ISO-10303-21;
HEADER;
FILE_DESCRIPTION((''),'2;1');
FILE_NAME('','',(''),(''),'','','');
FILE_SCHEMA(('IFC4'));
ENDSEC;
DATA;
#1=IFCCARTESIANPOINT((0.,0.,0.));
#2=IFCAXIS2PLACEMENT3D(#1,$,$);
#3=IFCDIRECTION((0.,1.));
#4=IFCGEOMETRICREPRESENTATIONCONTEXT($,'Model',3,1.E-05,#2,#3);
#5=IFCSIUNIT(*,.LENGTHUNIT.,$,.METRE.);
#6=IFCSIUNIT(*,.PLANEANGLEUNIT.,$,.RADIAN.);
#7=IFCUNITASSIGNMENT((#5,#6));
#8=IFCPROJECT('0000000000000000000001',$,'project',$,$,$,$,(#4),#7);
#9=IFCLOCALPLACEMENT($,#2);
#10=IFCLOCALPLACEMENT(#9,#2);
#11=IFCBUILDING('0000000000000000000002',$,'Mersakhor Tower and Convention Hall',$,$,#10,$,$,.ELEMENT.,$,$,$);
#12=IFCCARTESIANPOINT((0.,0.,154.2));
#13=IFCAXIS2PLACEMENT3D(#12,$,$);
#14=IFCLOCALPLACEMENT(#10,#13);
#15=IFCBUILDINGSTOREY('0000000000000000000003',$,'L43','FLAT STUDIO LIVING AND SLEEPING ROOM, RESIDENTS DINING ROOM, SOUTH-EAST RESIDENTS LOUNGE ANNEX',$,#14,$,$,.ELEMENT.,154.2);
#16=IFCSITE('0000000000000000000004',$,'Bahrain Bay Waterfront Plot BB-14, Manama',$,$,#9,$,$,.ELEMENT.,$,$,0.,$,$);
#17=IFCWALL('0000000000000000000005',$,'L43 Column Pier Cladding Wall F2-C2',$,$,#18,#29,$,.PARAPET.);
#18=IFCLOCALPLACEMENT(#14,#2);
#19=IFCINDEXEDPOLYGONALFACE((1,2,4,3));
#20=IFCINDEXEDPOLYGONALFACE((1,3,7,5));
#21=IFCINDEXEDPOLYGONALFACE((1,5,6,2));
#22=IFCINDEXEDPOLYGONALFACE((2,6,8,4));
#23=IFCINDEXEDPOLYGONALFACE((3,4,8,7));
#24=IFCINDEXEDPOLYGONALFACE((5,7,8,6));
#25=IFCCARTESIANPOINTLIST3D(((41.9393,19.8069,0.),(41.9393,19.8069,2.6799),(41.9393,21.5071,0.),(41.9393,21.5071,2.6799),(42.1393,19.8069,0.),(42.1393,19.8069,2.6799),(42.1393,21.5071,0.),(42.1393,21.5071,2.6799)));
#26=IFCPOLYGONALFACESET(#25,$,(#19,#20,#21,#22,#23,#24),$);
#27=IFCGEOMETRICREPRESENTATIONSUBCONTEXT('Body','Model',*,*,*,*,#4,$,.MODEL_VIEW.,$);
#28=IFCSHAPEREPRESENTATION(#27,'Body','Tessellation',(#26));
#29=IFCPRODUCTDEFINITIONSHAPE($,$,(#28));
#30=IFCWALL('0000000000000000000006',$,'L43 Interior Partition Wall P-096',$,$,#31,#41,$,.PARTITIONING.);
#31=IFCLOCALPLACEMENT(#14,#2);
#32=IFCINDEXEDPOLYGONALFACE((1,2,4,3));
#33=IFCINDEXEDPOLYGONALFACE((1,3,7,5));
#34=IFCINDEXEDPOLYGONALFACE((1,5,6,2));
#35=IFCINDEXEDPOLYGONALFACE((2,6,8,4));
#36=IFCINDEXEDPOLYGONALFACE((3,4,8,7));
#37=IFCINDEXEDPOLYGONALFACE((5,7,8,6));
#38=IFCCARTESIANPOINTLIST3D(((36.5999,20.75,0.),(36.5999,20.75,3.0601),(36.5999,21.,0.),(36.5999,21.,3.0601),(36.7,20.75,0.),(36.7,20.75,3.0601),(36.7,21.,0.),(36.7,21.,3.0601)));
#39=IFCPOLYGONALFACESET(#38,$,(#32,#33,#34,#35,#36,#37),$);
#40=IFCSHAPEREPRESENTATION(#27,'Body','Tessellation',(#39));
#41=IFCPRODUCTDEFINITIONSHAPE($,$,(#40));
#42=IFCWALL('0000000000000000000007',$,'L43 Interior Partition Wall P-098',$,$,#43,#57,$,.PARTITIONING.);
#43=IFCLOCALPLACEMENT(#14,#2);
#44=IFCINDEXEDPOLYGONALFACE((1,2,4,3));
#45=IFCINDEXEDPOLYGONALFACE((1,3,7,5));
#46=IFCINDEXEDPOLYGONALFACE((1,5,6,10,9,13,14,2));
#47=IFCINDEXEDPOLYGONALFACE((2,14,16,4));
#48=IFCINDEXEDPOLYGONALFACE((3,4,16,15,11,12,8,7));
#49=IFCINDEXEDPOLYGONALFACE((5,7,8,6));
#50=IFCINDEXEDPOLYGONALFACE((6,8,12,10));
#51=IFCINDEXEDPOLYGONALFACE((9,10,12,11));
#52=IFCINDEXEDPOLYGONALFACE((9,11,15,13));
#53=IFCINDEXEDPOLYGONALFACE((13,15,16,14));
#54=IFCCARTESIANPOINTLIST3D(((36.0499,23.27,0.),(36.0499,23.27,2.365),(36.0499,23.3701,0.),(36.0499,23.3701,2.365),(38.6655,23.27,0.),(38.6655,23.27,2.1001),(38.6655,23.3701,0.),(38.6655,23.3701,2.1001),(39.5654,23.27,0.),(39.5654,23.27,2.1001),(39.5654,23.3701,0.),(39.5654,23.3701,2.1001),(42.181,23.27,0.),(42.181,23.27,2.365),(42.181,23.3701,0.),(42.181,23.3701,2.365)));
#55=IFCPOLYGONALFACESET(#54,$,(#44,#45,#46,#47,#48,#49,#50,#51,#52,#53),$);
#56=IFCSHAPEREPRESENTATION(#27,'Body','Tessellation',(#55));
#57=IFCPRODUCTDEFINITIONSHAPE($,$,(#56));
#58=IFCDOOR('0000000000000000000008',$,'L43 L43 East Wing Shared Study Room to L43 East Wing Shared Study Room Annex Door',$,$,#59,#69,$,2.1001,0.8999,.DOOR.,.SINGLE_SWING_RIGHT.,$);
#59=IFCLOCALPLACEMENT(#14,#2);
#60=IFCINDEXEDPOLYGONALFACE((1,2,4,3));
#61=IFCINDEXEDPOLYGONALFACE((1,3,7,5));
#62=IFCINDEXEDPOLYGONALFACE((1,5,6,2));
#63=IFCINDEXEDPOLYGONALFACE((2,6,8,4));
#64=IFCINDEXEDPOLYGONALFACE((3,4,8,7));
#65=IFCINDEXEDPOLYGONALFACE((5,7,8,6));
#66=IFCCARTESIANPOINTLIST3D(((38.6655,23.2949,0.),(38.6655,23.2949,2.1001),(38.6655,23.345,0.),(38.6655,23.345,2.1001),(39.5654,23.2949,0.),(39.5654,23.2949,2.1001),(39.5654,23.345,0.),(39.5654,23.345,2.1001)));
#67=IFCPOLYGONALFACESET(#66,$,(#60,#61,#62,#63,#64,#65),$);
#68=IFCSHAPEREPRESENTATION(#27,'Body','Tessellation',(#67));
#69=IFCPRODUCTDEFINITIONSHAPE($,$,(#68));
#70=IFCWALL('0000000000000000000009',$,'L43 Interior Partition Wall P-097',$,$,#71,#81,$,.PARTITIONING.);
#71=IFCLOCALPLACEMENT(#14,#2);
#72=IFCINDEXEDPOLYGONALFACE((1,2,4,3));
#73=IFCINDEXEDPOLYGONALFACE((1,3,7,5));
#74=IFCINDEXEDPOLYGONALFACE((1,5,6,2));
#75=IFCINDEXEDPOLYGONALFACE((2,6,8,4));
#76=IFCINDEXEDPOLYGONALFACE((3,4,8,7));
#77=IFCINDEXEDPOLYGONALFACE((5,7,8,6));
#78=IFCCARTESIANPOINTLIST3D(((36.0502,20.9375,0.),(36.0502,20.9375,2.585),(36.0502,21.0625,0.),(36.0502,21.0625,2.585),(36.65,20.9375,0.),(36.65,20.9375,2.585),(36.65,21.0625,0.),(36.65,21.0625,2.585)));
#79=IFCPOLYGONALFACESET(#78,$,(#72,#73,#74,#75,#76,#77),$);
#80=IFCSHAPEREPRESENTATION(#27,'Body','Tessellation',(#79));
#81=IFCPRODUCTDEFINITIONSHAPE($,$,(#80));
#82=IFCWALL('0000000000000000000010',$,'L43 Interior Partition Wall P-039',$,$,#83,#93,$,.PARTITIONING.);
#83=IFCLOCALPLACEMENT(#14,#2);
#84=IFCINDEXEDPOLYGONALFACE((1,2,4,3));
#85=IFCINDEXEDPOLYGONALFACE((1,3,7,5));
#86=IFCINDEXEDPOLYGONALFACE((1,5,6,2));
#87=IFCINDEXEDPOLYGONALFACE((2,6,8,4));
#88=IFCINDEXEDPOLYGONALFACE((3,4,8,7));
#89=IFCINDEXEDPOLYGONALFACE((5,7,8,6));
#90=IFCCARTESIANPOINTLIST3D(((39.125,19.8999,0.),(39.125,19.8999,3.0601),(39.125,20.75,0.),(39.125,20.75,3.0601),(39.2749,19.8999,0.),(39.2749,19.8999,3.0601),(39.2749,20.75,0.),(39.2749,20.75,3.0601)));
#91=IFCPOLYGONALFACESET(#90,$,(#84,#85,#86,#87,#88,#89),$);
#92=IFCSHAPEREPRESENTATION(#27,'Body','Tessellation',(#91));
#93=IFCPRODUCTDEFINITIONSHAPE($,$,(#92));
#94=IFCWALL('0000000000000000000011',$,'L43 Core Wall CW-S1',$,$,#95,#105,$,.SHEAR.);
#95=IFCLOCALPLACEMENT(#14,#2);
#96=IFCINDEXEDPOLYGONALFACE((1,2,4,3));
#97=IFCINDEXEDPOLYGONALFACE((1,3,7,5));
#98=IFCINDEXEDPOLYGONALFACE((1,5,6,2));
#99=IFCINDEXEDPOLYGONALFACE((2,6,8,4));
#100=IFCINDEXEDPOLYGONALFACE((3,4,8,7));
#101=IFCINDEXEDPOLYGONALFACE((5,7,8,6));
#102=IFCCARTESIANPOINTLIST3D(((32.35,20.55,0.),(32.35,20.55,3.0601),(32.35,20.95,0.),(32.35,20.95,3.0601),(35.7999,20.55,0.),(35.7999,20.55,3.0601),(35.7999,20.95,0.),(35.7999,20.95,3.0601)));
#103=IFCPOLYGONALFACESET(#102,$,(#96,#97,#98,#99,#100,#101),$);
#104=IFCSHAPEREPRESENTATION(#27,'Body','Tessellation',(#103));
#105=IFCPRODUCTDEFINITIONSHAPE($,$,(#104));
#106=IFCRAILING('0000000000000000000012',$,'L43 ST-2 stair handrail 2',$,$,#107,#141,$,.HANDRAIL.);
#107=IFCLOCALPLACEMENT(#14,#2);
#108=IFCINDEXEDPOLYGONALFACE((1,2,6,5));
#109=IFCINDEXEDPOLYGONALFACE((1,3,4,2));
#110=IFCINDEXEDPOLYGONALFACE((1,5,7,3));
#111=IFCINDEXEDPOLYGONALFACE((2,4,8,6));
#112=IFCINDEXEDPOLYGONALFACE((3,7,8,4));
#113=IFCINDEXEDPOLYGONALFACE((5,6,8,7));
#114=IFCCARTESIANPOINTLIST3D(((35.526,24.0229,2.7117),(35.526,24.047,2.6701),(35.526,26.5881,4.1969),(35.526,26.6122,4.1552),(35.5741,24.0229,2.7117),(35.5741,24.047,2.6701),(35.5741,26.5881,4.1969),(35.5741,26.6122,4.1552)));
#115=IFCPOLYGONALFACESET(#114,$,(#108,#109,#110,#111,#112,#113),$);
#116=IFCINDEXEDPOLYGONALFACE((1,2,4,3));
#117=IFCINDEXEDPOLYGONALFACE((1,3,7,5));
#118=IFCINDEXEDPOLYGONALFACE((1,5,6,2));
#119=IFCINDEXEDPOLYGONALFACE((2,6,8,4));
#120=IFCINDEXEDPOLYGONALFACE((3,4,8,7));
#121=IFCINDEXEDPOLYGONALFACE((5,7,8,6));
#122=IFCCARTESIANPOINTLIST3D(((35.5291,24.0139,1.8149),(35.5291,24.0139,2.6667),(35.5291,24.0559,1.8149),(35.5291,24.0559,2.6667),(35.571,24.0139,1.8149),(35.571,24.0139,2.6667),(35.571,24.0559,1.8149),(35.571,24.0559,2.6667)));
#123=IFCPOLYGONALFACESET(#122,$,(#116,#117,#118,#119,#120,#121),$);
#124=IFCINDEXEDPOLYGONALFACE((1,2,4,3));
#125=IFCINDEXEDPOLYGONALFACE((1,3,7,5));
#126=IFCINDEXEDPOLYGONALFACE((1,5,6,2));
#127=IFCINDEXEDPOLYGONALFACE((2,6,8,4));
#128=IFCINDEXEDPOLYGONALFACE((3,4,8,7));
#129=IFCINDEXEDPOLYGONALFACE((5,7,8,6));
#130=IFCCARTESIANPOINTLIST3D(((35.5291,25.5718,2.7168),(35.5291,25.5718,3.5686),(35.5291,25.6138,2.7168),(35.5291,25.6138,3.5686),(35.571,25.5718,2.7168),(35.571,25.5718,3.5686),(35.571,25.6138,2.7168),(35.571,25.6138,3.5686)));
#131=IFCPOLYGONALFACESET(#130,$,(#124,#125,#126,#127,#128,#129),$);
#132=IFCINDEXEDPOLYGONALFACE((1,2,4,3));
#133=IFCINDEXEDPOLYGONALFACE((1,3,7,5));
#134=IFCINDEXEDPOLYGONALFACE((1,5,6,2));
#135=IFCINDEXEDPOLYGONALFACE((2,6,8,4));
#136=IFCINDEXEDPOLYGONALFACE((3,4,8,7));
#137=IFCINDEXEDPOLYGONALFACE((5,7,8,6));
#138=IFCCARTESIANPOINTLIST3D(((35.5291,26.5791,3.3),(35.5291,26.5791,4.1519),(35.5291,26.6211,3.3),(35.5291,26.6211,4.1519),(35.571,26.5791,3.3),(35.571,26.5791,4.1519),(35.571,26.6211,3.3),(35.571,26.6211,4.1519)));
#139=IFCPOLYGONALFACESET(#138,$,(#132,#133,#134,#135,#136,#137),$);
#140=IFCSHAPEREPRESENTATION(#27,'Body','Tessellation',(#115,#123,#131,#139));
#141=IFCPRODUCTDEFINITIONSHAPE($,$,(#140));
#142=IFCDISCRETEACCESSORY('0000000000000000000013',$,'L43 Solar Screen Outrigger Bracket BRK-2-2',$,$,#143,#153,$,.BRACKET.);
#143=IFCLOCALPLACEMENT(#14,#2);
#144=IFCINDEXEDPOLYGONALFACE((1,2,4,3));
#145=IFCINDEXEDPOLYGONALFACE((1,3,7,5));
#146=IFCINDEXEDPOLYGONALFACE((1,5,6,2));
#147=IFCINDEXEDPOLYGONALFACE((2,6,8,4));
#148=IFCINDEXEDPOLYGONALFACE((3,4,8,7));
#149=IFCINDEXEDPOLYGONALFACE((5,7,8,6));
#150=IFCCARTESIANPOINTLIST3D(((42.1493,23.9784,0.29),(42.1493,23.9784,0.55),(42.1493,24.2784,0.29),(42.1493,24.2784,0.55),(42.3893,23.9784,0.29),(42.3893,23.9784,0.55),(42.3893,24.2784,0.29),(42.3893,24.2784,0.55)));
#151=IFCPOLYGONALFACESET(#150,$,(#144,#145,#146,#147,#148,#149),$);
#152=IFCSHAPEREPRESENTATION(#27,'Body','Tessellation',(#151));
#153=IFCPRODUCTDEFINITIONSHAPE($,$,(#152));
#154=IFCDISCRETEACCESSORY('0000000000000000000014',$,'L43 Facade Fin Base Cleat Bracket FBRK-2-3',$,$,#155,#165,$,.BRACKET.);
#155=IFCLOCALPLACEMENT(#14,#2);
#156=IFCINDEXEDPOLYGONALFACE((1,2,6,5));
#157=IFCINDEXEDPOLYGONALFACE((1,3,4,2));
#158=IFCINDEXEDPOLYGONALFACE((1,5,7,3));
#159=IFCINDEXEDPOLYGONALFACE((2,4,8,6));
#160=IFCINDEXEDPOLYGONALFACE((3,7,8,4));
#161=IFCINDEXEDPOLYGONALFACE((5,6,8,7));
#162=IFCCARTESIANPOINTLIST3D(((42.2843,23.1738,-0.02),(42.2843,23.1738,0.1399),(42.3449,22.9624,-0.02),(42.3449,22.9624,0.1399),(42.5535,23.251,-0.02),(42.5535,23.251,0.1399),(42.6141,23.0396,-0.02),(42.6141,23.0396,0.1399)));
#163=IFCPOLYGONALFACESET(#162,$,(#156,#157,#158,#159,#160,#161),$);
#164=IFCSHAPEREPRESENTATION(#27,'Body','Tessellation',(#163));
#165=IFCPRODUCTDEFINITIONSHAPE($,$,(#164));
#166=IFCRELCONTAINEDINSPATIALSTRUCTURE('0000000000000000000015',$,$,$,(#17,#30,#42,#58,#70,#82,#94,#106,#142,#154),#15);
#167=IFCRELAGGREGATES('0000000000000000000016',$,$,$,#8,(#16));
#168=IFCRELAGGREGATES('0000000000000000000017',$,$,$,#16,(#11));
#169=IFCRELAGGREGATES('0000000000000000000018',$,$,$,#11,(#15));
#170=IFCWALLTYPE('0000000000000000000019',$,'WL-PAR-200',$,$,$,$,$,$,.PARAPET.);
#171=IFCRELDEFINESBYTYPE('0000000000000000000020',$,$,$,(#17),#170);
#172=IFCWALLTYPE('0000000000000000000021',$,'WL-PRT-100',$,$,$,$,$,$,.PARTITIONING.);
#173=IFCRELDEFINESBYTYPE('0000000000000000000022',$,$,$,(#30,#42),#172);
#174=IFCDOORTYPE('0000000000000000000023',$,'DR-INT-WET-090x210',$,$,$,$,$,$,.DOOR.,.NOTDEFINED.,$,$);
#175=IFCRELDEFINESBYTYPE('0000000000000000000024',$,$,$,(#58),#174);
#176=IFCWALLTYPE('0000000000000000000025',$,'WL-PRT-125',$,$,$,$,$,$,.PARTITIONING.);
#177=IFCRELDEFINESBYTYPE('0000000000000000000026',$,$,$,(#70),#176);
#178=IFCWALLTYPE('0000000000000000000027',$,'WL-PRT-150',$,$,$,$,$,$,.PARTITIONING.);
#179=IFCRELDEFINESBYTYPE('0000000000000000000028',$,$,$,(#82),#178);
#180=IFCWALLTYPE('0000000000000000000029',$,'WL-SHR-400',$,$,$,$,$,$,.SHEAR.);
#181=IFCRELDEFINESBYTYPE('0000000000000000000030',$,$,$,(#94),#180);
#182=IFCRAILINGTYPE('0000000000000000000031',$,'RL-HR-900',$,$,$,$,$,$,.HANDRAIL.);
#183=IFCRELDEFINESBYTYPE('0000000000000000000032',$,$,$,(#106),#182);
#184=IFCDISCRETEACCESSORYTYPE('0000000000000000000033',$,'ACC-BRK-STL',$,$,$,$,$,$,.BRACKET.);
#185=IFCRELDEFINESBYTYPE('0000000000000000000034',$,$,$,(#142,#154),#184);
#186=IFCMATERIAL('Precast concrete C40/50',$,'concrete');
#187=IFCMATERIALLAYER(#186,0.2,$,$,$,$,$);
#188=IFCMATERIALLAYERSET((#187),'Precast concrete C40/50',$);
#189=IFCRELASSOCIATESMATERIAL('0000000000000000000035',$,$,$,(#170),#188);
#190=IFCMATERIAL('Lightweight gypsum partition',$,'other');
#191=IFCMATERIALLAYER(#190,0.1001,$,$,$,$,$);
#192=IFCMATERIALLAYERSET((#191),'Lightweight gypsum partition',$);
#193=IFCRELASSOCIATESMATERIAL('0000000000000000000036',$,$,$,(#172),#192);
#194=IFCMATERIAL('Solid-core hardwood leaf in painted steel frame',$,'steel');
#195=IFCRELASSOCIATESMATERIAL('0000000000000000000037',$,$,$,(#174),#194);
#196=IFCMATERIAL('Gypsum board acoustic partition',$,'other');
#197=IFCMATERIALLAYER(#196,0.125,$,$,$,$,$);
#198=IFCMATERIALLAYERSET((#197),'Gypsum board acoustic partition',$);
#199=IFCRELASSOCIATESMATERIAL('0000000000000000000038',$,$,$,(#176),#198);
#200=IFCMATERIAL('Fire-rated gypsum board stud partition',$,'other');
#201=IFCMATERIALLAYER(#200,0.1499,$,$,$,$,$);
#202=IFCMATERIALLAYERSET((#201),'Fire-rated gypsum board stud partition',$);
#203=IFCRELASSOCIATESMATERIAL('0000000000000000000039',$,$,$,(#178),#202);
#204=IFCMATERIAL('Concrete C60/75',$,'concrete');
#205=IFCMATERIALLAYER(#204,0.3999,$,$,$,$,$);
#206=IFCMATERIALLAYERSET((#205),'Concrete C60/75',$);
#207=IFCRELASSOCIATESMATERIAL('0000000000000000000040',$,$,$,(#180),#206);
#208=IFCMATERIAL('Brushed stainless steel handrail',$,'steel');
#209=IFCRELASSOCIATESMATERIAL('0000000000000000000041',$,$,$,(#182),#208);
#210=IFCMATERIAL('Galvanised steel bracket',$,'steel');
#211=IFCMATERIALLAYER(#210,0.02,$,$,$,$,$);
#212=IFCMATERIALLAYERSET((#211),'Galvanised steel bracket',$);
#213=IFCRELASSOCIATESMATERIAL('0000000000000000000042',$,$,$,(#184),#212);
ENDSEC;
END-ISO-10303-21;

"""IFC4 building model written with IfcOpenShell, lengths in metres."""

from ifc_helpers import new_model, si_unit, direction, frame, frame_2d, origin, origin_2d, place, context, subcontext, project, spatial, rectangle, extrude, material, layer, layer_set, type_object, element, fill, save


model = new_model("IFC4")

# Units and contexts
model_context = context("Model", 3, precision=1e-05, world=origin(), true_north=direction((0.0, 1.0)))
body_context = subcontext(model_context, "Body", "Model", "MODEL_VIEW")
ifc_project = project(units=[si_unit("LENGTHUNIT", "METRE"), si_unit("PLANEANGLEUNIT", "RADIAN")], contexts=[model_context])

# Site, building, storey
site_placement = place(None, origin())
site = spatial("IfcSite", under=ifc_project, at=site_placement, Name="Bahrain Bay Waterfront Plot BB-14, Manama", CompositionType="ELEMENT", RefElevation=0.0)
building_placement = place(site_placement, origin())
building = spatial("IfcBuilding", under=site, at=building_placement, Name="Mersakhor Tower and Convention Hall", CompositionType="ELEMENT")
storey_placement = place(building_placement, frame((0.0, 0.0, 154.2)))
storey = spatial("IfcBuildingStorey", under=building, at=storey_placement, Name="L43", Description="FLAT STUDIO LIVING AND SLEEPING ROOM, RESIDENTS DINING ROOM, SOUTH-EAST RESIDENTS LOUNGE ANNEX", CompositionType="ELEMENT", Elevation=154.2)

# Walls
ifc_material_1 = material(Name="Precast concrete C40/50", Category="concrete")
ifc_layer_1 = layer(ifc_material_1, 0.2)
ifc_layer_set_1 = layer_set([ifc_layer_1], Name="Precast concrete C40/50")
wall_type_1 = type_object("IfcWallType", Name="WL-PAR-200", PredefinedType="PARAPET", material=ifc_layer_set_1)
wall_1_placement = place(storey_placement, frame((42.0393, 21.5071, 0.0), z_axis=(0.0, 0.0, 1.0), x_axis=(0.0, -1.0, 0.0)))
element("IfcWall", 1, at=wall_1_placement, inside=storey, type_object=wall_type_1, Name="L43 Column Pier Cladding Wall F2-C2", PredefinedType="PARAPET", context=body_context, shape_type="SweptSolid", body=[
    extrude(rectangle(XDim=1.7002, YDim=0.2, at=frame_2d((0.8501, 0.0))), origin(), (0.0, 0.0, 1.0), 2.6799),
])
ifc_material_2 = material(Name="Lightweight gypsum partition", Category="other")
ifc_layer_2 = layer(ifc_material_2, 0.1001)
ifc_layer_set_2 = layer_set([ifc_layer_2], Name="Lightweight gypsum partition")
wall_type_2 = type_object("IfcWallType", Name="WL-PRT-100", PredefinedType="PARTITIONING", material=ifc_layer_set_2)
wall_2_placement = place(storey_placement, frame((36.6499, 20.75, 0.0), z_axis=(0.0, 0.0, 1.0), x_axis=(0.0, 1.0, 0.0)))
element("IfcWall", 2, at=wall_2_placement, inside=storey, type_object=wall_type_2, Name="L43 Interior Partition Wall P-096", PredefinedType="PARTITIONING", context=body_context, shape_type="SweptSolid", body=[
    extrude(rectangle(XDim=0.25, YDim=0.1001, at=frame_2d((0.125, 0.0))), origin(), (0.0, 0.0, 1.0), 3.0601),
])

# Wall, opening, door
wall_3_placement = place(storey_placement, frame((36.05, 23.3201, 0.0), z_axis=(0.0, 0.0, 1.0), x_axis=(1.0, 0.0, 0.0)))
wall_3 = element("IfcWall", 3, at=wall_3_placement, inside=storey, type_object=wall_type_2, Name="L43 Interior Partition Wall P-098", PredefinedType="PARTITIONING", context=body_context, shape_type="SweptSolid", body=[
    extrude(rectangle(XDim=6.1311, YDim=0.1001, at=frame_2d((3.0654, 0.0))), origin(), (0.0, 0.0, 1.0), 2.365),
])
opening_1_placement = place(wall_3_placement, frame((2.6155, 0.0, 0.0)))
opening_1 = element("IfcOpeningElement", 4, at=opening_1_placement, cuts=wall_3, PredefinedType="OPENING", context=body_context, shape_type="SweptSolid", body=[
    extrude(rectangle(XDim=0.8999, YDim=2.1001, at=frame_2d((0.45, 1.05))), frame((0.0, 0.0601, 0.0), z_axis=(0.0, -1.0, 0.0), x_axis=(1.0, 0.0, 0.0)), (0.0, 0.0, 1.0), 0.1201),
])
ifc_material_3 = material(Name="Solid-core hardwood leaf in painted steel frame", Category="steel")
door_type_1 = type_object("IfcDoorType", Name="DR-INT-WET-090x210", OperationType="NOTDEFINED", PredefinedType="DOOR", material=ifc_material_3)
door_1_placement = place(opening_1_placement, origin())
door_1 = element("IfcDoor", 5, at=door_1_placement, inside=storey, type_object=door_type_1, Name="L43 L43 East Wing Shared Study Room to L43 East Wing Shared Study Room Annex Door", OperationType="SINGLE_SWING_RIGHT", OverallHeight=2.1001, OverallWidth=0.8999, PredefinedType="DOOR", context=body_context, shape_type="SweptSolid", body=[
    extrude(rectangle(XDim=0.8999, YDim=2.1001, at=frame_2d((0.45, 1.05))), frame((0.0, 0.0249, 0.0), z_axis=(0.0, -1.0, 0.0), x_axis=(1.0, 0.0, 0.0)), (0.0, 0.0, 1.0), 0.05),
])
fill(opening_1, door_1)

# Wall
ifc_material_4 = material(Name="Gypsum board acoustic partition", Category="other")
ifc_layer_3 = layer(ifc_material_4, 0.125)
ifc_layer_set_3 = layer_set([ifc_layer_3], Name="Gypsum board acoustic partition")
wall_type_3 = type_object("IfcWallType", Name="WL-PRT-125", PredefinedType="PARTITIONING", material=ifc_layer_set_3)
wall_4_placement = place(storey_placement, frame((36.6499, 21.0, 0.0), z_axis=(0.0, 0.0, 1.0), x_axis=(-1.0, 0.0, 0.0)))
element("IfcWall", 6, at=wall_4_placement, inside=storey, type_object=wall_type_3, Name="L43 Interior Partition Wall P-097", PredefinedType="PARTITIONING", context=body_context, shape_type="SweptSolid", body=[
    extrude(rectangle(XDim=0.5999, YDim=0.125, at=frame_2d((0.2998, 0.0))), origin(), (0.0, 0.0, 1.0), 2.585),
])

# Shared definitions
ifc_material_5 = material(Name="Fire-rated gypsum board stud partition", Category="other")
ifc_layer_4 = layer(ifc_material_5, 0.1499)
ifc_layer_set_4 = layer_set([ifc_layer_4], Name="Fire-rated gypsum board stud partition")
wall_type_4 = type_object("IfcWallType", Name="WL-PRT-150", PredefinedType="PARTITIONING", material=ifc_layer_set_4)

# Walls
wall_5_placement = place(storey_placement, frame((39.2, 20.75, 0.0), z_axis=(0.0, 0.0, 1.0), x_axis=(0.0, -1.0, 0.0)))
element("IfcWall", 7, at=wall_5_placement, inside=storey, type_object=wall_type_4, Name="L43 Interior Partition Wall P-039", PredefinedType="PARTITIONING", context=body_context, shape_type="SweptSolid", body=[
    extrude(rectangle(XDim=0.8501, YDim=0.1499, at=frame_2d((0.425, 0.0))), origin(), (0.0, 0.0, 1.0), 3.0601),
])
ifc_material_6 = material(Name="Concrete C60/75", Category="concrete")
ifc_layer_5 = layer(ifc_material_6, 0.3999)
ifc_layer_set_5 = layer_set([ifc_layer_5], Name="Concrete C60/75")
wall_type_5 = type_object("IfcWallType", Name="WL-SHR-400", PredefinedType="SHEAR", material=ifc_layer_set_5)
wall_6_placement = place(storey_placement, frame((35.8, 20.75, 0.0), z_axis=(0.0, 0.0, 1.0), x_axis=(-1.0, 0.0, 0.0)))
element("IfcWall", 8, at=wall_6_placement, inside=storey, type_object=wall_type_5, Name="L43 Core Wall CW-S1", PredefinedType="SHEAR", context=body_context, shape_type="SweptSolid", body=[
    extrude(rectangle(XDim=3.45, YDim=0.3999, at=frame_2d((1.7251, 0.0))), origin(), (0.0, 0.0, 1.0), 3.0601),
])

# Railing
ifc_material_7 = material(Name="Brushed stainless steel handrail", Category="steel")
railing_type = type_object("IfcRailingType", Name="RL-HR-900", PredefinedType="HANDRAIL", material=ifc_material_7)
railing_placement = place(storey_placement, frame((35.55, 24.0349, 1.8149)))
element("IfcRailing", 9, at=railing_placement, inside=storey, type_object=railing_type, Name="L43 ST-2 stair handrail 2", PredefinedType="HANDRAIL", context=body_context, shape_type="SweptSolid", body=[
    extrude(rectangle(XDim=0.0481, YDim=0.0481, at=origin_2d()), frame((0.0, 0.0, 0.876), z_axis=(0.0, 0.865426, 0.501036), x_axis=(-1.0, 0.0, 0.0)), (0.0, 0.0, 1.0), 2.9641),
    extrude(rectangle(XDim=0.042, YDim=0.042, at=origin_2d()), origin(), (0.0, 0.0, 1.0), 0.8518),
    extrude(rectangle(XDim=0.042, YDim=0.042, at=origin_2d()), frame((0.0, 1.5579, 0.9019)), (0.0, 0.0, 1.0), 0.8518),
    extrude(rectangle(XDim=0.042, YDim=0.042, at=origin_2d()), frame((0.0, 2.5652, 1.4851)), (0.0, 0.0, 1.0), 0.8518),
])

# Discrete accessories
ifc_material_8 = material(Name="Galvanised steel bracket", Category="steel")
ifc_layer_6 = layer(ifc_material_8, 0.02)
ifc_layer_set_6 = layer_set([ifc_layer_6], Name="Galvanised steel bracket")
discrete_accessory_type = type_object("IfcDiscreteAccessoryType", Name="ACC-BRK-STL", PredefinedType="BRACKET", material=ifc_layer_set_6)
discrete_accessory_1_placement = place(storey_placement, frame((42.2693, 24.1284, 0.29), z_axis=(0.0, 0.0, 1.0), x_axis=(0.0, -1.0, 0.0)))
element("IfcDiscreteAccessory", 10, at=discrete_accessory_1_placement, inside=storey, type_object=discrete_accessory_type, Name="L43 Solar Screen Outrigger Bracket BRK-2-2", PredefinedType="BRACKET", context=body_context, shape_type="SweptSolid", body=[
    extrude(rectangle(XDim=0.3, YDim=0.24, at=origin_2d()), origin(), (0.0, 0.0, 1.0), 0.26),
])
discrete_accessory_2_placement = place(storey_placement, frame((42.4492, 23.1067, -0.02), z_axis=(0.0, 0.0, 1.0), x_axis=(0.961262, 0.275637, 0.0)))
element("IfcDiscreteAccessory", 11, at=discrete_accessory_2_placement, inside=storey, type_object=discrete_accessory_type, Name="L43 Facade Fin Base Cleat Bracket FBRK-2-3", PredefinedType="BRACKET", context=body_context, shape_type="SweptSolid", body=[
    extrude(rectangle(XDim=0.28, YDim=0.22, at=origin_2d()), origin(), (0.0, 0.0, 1.0), 0.1599),
])

save(model, "model.ifc")
